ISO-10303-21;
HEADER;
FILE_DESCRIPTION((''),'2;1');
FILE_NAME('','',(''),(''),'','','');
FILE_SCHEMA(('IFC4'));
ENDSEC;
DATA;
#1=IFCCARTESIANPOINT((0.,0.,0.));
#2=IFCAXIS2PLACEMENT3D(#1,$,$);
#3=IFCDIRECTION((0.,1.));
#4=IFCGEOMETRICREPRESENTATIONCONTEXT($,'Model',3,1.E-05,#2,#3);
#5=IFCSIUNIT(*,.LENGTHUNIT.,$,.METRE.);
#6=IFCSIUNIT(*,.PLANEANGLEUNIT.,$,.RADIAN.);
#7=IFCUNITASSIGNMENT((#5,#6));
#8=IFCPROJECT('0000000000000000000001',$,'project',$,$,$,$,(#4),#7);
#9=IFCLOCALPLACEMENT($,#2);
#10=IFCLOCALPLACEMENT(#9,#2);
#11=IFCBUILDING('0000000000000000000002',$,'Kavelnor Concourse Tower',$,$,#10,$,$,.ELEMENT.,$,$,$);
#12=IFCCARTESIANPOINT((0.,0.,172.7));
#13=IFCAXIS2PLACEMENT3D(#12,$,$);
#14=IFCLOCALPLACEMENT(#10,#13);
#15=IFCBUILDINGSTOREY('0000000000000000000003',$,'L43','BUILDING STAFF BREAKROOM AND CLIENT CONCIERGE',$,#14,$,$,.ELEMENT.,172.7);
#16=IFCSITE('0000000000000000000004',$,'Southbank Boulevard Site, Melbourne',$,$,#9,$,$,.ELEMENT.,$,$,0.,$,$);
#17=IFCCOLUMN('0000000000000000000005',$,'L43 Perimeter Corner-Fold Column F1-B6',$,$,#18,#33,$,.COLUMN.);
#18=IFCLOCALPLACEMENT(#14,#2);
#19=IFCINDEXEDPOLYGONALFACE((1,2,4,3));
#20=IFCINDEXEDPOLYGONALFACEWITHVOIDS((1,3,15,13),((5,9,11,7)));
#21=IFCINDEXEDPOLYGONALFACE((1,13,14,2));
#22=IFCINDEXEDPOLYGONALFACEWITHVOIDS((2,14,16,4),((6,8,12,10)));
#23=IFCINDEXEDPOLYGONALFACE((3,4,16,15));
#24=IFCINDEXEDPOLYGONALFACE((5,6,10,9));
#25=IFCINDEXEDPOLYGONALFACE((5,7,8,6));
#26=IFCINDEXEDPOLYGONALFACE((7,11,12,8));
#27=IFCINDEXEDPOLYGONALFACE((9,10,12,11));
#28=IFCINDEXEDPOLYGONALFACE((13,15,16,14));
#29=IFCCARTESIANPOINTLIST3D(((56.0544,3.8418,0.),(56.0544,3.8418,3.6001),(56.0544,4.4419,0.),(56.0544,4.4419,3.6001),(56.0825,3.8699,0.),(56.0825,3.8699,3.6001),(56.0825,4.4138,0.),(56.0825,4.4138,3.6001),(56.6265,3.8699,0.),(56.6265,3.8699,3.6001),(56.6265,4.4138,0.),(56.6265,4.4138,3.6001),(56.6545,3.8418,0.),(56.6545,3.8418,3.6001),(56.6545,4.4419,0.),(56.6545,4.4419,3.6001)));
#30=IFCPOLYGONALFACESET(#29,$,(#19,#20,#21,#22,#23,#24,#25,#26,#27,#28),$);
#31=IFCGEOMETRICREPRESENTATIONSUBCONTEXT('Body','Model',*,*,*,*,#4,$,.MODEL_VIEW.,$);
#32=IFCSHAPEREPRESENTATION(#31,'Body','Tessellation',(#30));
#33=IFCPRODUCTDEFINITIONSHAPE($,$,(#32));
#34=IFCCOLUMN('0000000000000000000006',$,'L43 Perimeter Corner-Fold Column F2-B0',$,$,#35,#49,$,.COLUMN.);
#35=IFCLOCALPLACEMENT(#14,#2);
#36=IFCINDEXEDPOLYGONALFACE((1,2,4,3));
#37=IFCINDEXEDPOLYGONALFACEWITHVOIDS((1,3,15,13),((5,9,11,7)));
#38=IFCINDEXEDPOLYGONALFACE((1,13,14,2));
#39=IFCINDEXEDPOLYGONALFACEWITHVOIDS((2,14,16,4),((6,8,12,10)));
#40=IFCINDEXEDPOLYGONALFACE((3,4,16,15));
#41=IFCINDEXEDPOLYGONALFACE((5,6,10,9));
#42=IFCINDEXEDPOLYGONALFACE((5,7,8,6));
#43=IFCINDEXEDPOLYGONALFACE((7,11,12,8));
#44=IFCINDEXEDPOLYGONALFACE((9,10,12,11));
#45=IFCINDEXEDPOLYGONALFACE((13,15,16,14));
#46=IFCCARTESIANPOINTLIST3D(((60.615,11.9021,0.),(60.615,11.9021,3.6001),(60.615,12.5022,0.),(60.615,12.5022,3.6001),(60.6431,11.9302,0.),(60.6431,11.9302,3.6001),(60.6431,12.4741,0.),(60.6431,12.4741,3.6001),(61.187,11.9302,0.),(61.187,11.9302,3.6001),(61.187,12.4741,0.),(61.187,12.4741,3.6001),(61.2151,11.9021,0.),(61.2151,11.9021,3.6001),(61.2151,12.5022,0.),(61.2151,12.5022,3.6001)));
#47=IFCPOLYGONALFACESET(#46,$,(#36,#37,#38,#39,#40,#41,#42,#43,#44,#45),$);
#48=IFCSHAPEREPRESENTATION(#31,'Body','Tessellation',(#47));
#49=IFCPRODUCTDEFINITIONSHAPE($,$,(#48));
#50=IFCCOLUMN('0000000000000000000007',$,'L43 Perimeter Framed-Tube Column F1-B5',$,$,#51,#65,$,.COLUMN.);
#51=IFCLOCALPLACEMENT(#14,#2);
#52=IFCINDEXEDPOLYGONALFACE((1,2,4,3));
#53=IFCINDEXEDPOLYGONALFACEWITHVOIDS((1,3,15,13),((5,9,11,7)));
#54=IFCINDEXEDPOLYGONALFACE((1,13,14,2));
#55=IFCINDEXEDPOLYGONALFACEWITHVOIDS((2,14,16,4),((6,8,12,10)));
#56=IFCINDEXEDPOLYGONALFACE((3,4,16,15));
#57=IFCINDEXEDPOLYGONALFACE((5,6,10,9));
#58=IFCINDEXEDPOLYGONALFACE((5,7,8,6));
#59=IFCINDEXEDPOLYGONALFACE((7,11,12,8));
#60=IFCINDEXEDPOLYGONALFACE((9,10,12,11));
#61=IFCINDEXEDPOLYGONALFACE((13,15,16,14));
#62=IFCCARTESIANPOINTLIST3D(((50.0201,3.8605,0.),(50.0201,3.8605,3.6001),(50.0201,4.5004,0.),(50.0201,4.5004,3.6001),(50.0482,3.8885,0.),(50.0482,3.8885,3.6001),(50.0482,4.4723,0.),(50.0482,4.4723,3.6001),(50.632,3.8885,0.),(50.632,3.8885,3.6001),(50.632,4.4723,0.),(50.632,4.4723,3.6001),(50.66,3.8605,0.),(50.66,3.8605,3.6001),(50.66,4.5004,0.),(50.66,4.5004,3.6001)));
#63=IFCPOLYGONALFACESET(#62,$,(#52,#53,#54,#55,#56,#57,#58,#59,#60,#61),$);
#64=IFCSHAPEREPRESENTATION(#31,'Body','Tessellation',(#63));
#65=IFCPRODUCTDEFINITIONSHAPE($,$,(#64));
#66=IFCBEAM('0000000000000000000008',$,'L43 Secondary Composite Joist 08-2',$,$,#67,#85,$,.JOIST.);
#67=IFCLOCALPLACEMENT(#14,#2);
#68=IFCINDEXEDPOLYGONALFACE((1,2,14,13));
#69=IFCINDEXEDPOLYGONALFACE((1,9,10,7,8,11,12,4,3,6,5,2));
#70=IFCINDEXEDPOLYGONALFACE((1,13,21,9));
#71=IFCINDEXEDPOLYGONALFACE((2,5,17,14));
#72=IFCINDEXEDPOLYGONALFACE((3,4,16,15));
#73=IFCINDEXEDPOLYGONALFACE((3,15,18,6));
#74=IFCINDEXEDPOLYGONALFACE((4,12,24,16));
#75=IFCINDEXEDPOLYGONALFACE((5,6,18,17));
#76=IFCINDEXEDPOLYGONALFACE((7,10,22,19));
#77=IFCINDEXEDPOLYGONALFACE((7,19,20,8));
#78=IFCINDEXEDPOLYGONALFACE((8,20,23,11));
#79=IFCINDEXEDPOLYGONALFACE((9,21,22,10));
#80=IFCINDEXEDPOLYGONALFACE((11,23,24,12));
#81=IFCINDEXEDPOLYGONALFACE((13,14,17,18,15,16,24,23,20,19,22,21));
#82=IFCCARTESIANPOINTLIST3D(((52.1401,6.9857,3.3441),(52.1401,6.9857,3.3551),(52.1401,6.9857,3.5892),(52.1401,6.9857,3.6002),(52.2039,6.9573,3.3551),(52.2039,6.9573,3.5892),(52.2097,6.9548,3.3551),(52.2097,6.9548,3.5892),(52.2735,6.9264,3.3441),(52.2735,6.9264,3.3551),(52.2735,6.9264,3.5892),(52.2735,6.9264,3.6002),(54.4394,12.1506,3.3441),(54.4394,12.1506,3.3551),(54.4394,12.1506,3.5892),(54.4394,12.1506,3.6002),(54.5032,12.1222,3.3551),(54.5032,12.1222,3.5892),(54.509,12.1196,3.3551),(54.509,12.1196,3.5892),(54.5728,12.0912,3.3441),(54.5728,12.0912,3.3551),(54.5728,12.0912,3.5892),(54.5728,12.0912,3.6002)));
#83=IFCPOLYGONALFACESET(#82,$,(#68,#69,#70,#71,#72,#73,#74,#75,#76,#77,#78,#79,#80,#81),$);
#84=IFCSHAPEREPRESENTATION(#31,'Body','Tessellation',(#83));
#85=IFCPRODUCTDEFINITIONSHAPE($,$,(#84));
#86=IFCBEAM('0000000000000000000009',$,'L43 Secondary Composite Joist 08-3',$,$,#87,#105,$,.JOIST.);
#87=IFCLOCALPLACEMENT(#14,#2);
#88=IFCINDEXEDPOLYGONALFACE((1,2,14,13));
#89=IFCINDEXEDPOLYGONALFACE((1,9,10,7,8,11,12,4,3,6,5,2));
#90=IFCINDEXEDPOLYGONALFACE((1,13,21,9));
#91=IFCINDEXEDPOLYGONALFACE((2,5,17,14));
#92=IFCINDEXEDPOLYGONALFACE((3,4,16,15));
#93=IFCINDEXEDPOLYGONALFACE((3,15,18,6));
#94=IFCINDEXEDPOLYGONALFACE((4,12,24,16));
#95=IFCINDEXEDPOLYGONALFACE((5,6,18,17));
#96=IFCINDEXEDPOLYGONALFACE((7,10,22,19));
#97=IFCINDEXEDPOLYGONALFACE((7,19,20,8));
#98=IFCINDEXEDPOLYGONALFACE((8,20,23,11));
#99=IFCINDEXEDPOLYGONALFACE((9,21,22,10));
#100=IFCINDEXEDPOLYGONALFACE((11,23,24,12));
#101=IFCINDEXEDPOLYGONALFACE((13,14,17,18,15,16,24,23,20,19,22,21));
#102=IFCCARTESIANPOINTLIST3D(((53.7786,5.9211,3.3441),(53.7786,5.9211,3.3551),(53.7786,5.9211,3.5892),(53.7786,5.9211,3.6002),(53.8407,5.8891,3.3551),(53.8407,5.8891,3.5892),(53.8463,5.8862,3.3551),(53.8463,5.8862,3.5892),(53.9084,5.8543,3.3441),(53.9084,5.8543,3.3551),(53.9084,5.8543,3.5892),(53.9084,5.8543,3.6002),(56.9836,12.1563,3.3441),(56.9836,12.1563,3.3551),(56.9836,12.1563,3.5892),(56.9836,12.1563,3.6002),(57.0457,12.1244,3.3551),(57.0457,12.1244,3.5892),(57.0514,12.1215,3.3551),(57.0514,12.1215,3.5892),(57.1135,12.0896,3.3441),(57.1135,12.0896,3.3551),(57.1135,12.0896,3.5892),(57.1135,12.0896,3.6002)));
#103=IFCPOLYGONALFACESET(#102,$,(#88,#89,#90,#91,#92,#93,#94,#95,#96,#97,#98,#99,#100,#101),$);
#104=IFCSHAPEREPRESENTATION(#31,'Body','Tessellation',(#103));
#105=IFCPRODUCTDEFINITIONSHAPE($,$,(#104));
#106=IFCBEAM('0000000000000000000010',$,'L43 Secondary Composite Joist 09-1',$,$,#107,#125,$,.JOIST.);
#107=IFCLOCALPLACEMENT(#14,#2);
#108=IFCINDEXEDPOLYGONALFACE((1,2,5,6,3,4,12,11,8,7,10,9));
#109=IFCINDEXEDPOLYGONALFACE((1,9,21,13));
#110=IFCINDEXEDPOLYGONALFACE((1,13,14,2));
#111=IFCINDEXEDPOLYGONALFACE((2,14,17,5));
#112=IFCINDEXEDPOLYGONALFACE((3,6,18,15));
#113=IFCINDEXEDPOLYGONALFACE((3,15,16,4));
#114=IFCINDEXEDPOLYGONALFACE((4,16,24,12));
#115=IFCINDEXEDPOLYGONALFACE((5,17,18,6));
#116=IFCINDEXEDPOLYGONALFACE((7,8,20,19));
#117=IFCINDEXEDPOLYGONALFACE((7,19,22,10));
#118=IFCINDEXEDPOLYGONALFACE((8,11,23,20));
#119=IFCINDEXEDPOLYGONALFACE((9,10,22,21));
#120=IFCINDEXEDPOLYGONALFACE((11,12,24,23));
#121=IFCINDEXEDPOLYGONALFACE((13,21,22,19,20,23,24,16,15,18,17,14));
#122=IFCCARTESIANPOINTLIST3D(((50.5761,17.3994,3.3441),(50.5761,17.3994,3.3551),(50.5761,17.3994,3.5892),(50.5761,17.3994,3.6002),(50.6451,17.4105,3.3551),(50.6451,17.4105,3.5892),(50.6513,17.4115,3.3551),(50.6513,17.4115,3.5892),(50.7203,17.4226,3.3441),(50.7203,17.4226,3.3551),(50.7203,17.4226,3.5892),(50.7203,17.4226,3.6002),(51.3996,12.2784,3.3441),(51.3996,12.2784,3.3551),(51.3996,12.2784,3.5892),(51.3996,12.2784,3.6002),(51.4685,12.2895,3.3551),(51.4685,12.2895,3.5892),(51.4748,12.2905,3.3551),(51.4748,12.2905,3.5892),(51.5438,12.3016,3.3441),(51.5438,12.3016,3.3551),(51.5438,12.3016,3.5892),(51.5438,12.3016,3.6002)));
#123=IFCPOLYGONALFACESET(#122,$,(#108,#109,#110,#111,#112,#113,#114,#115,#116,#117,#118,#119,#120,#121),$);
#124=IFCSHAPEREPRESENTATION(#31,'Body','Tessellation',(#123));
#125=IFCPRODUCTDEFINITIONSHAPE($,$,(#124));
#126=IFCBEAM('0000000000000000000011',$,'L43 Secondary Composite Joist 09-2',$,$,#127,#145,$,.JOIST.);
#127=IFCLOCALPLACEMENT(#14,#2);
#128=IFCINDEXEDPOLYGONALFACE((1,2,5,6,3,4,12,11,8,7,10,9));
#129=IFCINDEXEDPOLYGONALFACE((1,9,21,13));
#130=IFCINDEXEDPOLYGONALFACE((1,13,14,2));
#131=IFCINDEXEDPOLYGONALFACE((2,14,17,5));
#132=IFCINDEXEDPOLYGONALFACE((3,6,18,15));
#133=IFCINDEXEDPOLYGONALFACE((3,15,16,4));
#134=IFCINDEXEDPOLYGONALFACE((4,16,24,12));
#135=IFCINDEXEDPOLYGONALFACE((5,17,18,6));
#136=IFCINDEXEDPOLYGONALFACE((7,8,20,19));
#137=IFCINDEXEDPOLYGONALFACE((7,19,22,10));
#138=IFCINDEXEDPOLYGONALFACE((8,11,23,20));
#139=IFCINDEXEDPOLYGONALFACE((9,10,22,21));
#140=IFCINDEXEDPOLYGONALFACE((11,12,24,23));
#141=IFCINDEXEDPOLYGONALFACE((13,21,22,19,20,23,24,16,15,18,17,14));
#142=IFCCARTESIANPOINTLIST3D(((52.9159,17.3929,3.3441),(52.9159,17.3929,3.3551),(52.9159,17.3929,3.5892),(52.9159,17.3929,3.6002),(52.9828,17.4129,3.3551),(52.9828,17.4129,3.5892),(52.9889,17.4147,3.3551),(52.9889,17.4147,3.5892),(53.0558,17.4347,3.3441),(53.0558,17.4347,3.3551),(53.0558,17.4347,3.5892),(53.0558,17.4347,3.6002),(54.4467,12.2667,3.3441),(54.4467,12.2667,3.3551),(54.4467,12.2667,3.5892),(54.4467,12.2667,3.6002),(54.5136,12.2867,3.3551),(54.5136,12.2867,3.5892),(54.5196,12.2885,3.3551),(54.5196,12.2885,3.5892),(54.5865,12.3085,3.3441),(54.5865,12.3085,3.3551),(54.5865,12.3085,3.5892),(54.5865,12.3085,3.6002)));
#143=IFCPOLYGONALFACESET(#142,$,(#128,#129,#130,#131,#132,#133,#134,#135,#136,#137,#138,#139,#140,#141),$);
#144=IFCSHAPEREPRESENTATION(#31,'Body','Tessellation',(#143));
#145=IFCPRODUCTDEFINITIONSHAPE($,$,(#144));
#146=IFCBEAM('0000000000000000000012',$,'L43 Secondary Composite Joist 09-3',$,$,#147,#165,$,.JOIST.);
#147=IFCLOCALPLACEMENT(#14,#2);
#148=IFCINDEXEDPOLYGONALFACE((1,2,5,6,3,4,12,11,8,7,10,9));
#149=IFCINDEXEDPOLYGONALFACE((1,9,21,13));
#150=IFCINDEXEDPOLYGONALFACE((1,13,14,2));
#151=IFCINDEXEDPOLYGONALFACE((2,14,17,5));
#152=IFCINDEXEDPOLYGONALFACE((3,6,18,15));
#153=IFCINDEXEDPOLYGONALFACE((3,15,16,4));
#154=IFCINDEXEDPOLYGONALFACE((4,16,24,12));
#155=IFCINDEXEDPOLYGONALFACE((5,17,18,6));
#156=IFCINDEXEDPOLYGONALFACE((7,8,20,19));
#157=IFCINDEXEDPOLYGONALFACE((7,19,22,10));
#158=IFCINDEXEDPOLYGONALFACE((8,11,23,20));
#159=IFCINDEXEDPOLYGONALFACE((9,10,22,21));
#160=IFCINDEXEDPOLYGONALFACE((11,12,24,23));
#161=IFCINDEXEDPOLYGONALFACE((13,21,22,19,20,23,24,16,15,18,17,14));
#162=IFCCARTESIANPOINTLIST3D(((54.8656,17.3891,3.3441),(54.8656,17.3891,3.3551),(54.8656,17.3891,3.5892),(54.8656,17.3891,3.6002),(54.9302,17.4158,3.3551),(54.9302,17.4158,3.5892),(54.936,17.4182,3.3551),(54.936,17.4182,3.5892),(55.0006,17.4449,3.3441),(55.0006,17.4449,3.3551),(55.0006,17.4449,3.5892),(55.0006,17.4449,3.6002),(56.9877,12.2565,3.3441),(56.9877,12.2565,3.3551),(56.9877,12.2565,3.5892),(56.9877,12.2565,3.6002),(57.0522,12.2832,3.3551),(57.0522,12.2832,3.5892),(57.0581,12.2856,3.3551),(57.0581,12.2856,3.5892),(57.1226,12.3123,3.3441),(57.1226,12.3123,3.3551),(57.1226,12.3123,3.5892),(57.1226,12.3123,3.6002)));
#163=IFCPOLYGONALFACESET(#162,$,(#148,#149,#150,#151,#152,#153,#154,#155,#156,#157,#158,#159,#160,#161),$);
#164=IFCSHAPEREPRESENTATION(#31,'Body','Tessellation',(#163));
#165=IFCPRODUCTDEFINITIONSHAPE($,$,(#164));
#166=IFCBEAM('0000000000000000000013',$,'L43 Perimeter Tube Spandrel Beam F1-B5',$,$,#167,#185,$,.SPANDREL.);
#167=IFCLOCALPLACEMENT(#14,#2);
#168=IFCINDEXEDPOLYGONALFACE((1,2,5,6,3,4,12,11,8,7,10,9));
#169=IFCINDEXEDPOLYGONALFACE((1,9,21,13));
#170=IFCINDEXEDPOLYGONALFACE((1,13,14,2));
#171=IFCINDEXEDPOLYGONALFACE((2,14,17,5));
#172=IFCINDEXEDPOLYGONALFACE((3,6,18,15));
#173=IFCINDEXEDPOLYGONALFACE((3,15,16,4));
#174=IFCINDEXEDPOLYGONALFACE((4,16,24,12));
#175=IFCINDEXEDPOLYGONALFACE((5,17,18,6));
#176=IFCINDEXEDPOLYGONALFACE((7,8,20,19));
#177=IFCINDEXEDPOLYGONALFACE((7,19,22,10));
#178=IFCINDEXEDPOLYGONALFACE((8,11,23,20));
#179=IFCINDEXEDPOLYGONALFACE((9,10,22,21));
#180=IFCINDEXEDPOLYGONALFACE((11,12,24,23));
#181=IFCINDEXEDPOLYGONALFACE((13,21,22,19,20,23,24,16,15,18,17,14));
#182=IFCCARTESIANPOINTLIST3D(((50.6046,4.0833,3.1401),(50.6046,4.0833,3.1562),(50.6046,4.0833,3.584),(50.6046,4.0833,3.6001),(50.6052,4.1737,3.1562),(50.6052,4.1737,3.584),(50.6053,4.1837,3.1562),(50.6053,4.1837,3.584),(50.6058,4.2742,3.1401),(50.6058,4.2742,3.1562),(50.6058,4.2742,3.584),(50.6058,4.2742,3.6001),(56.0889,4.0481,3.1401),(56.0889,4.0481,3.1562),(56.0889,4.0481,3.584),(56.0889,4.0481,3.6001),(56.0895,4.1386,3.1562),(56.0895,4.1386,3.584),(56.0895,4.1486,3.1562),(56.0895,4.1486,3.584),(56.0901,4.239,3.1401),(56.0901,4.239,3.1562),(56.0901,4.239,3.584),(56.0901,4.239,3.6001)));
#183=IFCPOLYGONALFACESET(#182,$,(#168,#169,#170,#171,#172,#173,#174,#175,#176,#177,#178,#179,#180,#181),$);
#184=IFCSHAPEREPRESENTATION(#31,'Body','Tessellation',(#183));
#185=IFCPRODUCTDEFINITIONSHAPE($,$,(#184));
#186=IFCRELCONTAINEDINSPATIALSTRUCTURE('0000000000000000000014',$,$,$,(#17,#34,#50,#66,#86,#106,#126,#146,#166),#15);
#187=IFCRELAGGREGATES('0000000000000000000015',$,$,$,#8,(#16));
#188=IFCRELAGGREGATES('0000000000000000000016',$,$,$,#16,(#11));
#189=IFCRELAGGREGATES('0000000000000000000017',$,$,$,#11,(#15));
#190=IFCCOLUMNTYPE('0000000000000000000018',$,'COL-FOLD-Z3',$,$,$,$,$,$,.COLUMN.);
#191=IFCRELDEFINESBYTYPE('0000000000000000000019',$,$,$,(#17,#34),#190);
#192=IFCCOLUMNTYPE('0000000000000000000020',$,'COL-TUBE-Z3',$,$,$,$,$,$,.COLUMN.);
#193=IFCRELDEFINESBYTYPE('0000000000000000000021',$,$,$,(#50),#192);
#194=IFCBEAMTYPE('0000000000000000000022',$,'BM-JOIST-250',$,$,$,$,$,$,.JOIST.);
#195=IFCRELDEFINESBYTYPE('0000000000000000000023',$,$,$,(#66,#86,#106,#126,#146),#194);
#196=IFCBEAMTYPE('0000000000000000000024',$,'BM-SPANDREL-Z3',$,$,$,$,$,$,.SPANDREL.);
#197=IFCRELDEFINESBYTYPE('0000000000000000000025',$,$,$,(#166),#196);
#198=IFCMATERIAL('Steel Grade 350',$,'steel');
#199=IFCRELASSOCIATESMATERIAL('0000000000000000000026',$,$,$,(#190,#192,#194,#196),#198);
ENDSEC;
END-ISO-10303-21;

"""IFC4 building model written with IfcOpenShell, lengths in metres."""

from ifc_helpers import new_model, si_unit, direction, frame, origin, origin_2d, place, context, subcontext, project, spatial, hollow_rectangle, i_section, extrude, material, material_profile, profile_set, type_object, element, save


model = new_model("IFC4")

# Units and contexts
model_context = context("Model", 3, precision=1e-05, world=origin(), true_north=direction((0.0, 1.0)))
body_context = subcontext(model_context, "Body", "Model", "MODEL_VIEW")
ifc_project = project(units=[si_unit("LENGTHUNIT", "METRE"), si_unit("PLANEANGLEUNIT", "RADIAN")], contexts=[model_context])

# Site, building, storey
site_placement = place(None, origin())
site = spatial("IfcSite", under=ifc_project, at=site_placement, Name="Southbank Boulevard Site, Melbourne", CompositionType="ELEMENT", RefElevation=0.0)
building_placement = place(site_placement, origin())
building = spatial("IfcBuilding", under=site, at=building_placement, Name="Kavelnor Concourse Tower", CompositionType="ELEMENT")
storey_placement = place(building_placement, frame((0.0, 0.0, 172.7)))
storey = spatial("IfcBuildingStorey", under=building, at=storey_placement, Name="L43", Description="BUILDING STAFF BREAKROOM AND CLIENT CONCIERGE", CompositionType="ELEMENT", Elevation=172.7)

# Columns
ifc_material_1 = material(Name="Steel Grade 350", Category="steel")
ifc_material_profile_1 = material_profile(ifc_material_1, hollow_rectangle(XDim=0.6001, YDim=0.6001, WallThickness=0.0281, at=origin_2d()), Name="SHS 600x600x28")
ifc_profile_set_1 = profile_set([ifc_material_profile_1], Name="Steel Grade 350")
column_type_1 = type_object("IfcColumnType", Name="COL-FOLD-Z3", PredefinedType="COLUMN", material=ifc_profile_set_1)
for number, where, z_axis, x_axis, name in (
    (1, (56.3545, 4.1418, 0.0), (0.0, 0.0, 1.0), (1.0, 0.0, 0.0), "L43 Perimeter Corner-Fold Column F1-B6"),
    (2, (60.915, 12.2021, 0.0), (0.0, 0.0, 1.0), (1.0, 0.0, 0.0), "L43 Perimeter Corner-Fold Column F2-B0"),
):
    element("IfcColumn", number, at=place(storey_placement, frame(where, z_axis=z_axis, x_axis=x_axis)), inside=storey, type_object=column_type_1, Name=name, PredefinedType="COLUMN", context=body_context, shape_type="SweptSolid", body=[
        extrude(hollow_rectangle(XDim=0.6001, YDim=0.6001, WallThickness=0.0281, at=origin_2d()), origin(), (0.0, 0.0, 1.0), 3.6001),
    ])
ifc_material_profile_2 = material_profile(ifc_material_1, hollow_rectangle(XDim=0.6399, YDim=0.6399, WallThickness=0.0281, at=origin_2d()), Name="SHS 640x640x28")
ifc_profile_set_2 = profile_set([ifc_material_profile_2], Name="Steel Grade 350")
column_type_2 = type_object("IfcColumnType", Name="COL-TUBE-Z3", PredefinedType="COLUMN", material=ifc_profile_set_2)
column_placement = place(storey_placement, frame((50.3401, 4.1804, 0.0), z_axis=(0.0, 0.0, 1.0), x_axis=(1.0, 0.0, 0.0)))
element("IfcColumn", 3, at=column_placement, inside=storey, type_object=column_type_2, Name="L43 Perimeter Framed-Tube Column F1-B5", PredefinedType="COLUMN", context=body_context, shape_type="SweptSolid", body=[
    extrude(hollow_rectangle(XDim=0.6399, YDim=0.6399, WallThickness=0.0281, at=origin_2d()), origin(), (0.0, 0.0, 1.0), 3.6001),
])

# Beams
ifc_material_profile_3 = material_profile(ifc_material_1, i_section(OverallWidth=0.146, OverallDepth=0.2561, WebThickness=0.0063, FlangeThickness=0.011, at=origin_2d()), Name="250UB37")
ifc_profile_set_3 = profile_set([ifc_material_profile_3], Name="Steel Grade 350")
beam_type_1 = type_object("IfcBeamType", Name="BM-JOIST-250", PredefinedType="JOIST", material=ifc_profile_set_3)
beam_1_placement = place(storey_placement, frame((52.2068, 6.9561, 3.4722), z_axis=(0.406707, 0.913558, 0.0), x_axis=(-0.913558, 0.406707, 0.0)))
element("IfcBeam", 4, at=beam_1_placement, inside=storey, type_object=beam_type_1, Name="L43 Secondary Composite Joist 08-2", PredefinedType="JOIST", context=body_context, shape_type="SweptSolid", body=[
    extrude(i_section(OverallWidth=0.146, OverallDepth=0.2561, WebThickness=0.0063, FlangeThickness=0.011, at=origin_2d()), origin(), (0.0, 0.0, 1.0), 5.6536),
])
beam_2_placement = place(storey_placement, frame((53.8435, 5.8877, 3.4722), z_axis=(0.457159, 0.889385, 0.0), x_axis=(-0.889385, 0.457159, 0.0)))
element("IfcBeam", 5, at=beam_2_placement, inside=storey, type_object=beam_type_1, Name="L43 Secondary Composite Joist 08-3", PredefinedType="JOIST", context=body_context, shape_type="SweptSolid", body=[
    extrude(i_section(OverallWidth=0.146, OverallDepth=0.2561, WebThickness=0.0063, FlangeThickness=0.011, at=origin_2d()), origin(), (0.0, 0.0, 1.0), 7.0107),
])
beam_3_placement = place(storey_placement, frame((51.4717, 12.29, 3.4722), z_axis=(-0.158763, 0.987317, 0.0), x_axis=(-0.987317, -0.158763, 0.0)))
element("IfcBeam", 6, at=beam_3_placement, inside=storey, type_object=beam_type_1, Name="L43 Secondary Composite Joist 09-1", PredefinedType="JOIST", context=body_context, shape_type="SweptSolid", body=[
    extrude(i_section(OverallWidth=0.146, OverallDepth=0.2561, WebThickness=0.0063, FlangeThickness=0.011, at=origin_2d()), origin(), (0.0, 0.0, 1.0), 5.1868),
])
beam_4_placement = place(storey_placement, frame((54.5166, 12.2876, 3.4722), z_axis=(-0.286129, 0.958191, 0.0), x_axis=(-0.958191, -0.286129, 0.0)))
element("IfcBeam", 7, at=beam_4_placement, inside=storey, type_object=beam_type_1, Name="L43 Secondary Composite Joist 09-2", PredefinedType="JOIST", context=body_context, shape_type="SweptSolid", body=[
    extrude(i_section(OverallWidth=0.146, OverallDepth=0.2561, WebThickness=0.0063, FlangeThickness=0.011, at=origin_2d()), origin(), (0.0, 0.0, 1.0), 5.3499),
])
beam_5_placement = place(storey_placement, frame((57.0552, 12.2844, 3.4722), z_axis=(-0.382083, 0.924128, 0.0), x_axis=(-0.924128, -0.382083, 0.0)))
element("IfcBeam", 8, at=beam_5_placement, inside=storey, type_object=beam_type_1, Name="L43 Secondary Composite Joist 09-3", PredefinedType="JOIST", context=body_context, shape_type="SweptSolid", body=[
    extrude(i_section(OverallWidth=0.146, OverallDepth=0.2561, WebThickness=0.0063, FlangeThickness=0.011, at=origin_2d()), origin(), (0.0, 0.0, 1.0), 5.554),
])
ifc_material_profile_4 = material_profile(ifc_material_1, i_section(OverallWidth=0.1909, OverallDepth=0.46, WebThickness=0.01, FlangeThickness=0.0161, at=origin_2d()), Name="460UB82")
ifc_profile_set_4 = profile_set([ifc_material_profile_4], Name="Steel Grade 350")
beam_type_2 = type_object("IfcBeamType", Name="BM-SPANDREL-Z3", PredefinedType="SPANDREL", material=ifc_profile_set_4)
beam_6_placement = place(storey_placement, frame((50.6052, 4.1787, 3.3701), z_axis=(0.999979, -0.00641, 0.0), x_axis=(0.00641, 0.999979, 0.0)))
element("IfcBeam", 9, at=beam_6_placement, inside=storey, type_object=beam_type_2, Name="L43 Perimeter Tube Spandrel Beam F1-B5", PredefinedType="SPANDREL", context=body_context, shape_type="SweptSolid", body=[
    extrude(i_section(OverallWidth=0.1909, OverallDepth=0.46, WebThickness=0.01, FlangeThickness=0.0161, at=origin_2d()), origin(), (0.0, 0.0, 1.0), 5.4844),
])

save(model, "model.ifc")
